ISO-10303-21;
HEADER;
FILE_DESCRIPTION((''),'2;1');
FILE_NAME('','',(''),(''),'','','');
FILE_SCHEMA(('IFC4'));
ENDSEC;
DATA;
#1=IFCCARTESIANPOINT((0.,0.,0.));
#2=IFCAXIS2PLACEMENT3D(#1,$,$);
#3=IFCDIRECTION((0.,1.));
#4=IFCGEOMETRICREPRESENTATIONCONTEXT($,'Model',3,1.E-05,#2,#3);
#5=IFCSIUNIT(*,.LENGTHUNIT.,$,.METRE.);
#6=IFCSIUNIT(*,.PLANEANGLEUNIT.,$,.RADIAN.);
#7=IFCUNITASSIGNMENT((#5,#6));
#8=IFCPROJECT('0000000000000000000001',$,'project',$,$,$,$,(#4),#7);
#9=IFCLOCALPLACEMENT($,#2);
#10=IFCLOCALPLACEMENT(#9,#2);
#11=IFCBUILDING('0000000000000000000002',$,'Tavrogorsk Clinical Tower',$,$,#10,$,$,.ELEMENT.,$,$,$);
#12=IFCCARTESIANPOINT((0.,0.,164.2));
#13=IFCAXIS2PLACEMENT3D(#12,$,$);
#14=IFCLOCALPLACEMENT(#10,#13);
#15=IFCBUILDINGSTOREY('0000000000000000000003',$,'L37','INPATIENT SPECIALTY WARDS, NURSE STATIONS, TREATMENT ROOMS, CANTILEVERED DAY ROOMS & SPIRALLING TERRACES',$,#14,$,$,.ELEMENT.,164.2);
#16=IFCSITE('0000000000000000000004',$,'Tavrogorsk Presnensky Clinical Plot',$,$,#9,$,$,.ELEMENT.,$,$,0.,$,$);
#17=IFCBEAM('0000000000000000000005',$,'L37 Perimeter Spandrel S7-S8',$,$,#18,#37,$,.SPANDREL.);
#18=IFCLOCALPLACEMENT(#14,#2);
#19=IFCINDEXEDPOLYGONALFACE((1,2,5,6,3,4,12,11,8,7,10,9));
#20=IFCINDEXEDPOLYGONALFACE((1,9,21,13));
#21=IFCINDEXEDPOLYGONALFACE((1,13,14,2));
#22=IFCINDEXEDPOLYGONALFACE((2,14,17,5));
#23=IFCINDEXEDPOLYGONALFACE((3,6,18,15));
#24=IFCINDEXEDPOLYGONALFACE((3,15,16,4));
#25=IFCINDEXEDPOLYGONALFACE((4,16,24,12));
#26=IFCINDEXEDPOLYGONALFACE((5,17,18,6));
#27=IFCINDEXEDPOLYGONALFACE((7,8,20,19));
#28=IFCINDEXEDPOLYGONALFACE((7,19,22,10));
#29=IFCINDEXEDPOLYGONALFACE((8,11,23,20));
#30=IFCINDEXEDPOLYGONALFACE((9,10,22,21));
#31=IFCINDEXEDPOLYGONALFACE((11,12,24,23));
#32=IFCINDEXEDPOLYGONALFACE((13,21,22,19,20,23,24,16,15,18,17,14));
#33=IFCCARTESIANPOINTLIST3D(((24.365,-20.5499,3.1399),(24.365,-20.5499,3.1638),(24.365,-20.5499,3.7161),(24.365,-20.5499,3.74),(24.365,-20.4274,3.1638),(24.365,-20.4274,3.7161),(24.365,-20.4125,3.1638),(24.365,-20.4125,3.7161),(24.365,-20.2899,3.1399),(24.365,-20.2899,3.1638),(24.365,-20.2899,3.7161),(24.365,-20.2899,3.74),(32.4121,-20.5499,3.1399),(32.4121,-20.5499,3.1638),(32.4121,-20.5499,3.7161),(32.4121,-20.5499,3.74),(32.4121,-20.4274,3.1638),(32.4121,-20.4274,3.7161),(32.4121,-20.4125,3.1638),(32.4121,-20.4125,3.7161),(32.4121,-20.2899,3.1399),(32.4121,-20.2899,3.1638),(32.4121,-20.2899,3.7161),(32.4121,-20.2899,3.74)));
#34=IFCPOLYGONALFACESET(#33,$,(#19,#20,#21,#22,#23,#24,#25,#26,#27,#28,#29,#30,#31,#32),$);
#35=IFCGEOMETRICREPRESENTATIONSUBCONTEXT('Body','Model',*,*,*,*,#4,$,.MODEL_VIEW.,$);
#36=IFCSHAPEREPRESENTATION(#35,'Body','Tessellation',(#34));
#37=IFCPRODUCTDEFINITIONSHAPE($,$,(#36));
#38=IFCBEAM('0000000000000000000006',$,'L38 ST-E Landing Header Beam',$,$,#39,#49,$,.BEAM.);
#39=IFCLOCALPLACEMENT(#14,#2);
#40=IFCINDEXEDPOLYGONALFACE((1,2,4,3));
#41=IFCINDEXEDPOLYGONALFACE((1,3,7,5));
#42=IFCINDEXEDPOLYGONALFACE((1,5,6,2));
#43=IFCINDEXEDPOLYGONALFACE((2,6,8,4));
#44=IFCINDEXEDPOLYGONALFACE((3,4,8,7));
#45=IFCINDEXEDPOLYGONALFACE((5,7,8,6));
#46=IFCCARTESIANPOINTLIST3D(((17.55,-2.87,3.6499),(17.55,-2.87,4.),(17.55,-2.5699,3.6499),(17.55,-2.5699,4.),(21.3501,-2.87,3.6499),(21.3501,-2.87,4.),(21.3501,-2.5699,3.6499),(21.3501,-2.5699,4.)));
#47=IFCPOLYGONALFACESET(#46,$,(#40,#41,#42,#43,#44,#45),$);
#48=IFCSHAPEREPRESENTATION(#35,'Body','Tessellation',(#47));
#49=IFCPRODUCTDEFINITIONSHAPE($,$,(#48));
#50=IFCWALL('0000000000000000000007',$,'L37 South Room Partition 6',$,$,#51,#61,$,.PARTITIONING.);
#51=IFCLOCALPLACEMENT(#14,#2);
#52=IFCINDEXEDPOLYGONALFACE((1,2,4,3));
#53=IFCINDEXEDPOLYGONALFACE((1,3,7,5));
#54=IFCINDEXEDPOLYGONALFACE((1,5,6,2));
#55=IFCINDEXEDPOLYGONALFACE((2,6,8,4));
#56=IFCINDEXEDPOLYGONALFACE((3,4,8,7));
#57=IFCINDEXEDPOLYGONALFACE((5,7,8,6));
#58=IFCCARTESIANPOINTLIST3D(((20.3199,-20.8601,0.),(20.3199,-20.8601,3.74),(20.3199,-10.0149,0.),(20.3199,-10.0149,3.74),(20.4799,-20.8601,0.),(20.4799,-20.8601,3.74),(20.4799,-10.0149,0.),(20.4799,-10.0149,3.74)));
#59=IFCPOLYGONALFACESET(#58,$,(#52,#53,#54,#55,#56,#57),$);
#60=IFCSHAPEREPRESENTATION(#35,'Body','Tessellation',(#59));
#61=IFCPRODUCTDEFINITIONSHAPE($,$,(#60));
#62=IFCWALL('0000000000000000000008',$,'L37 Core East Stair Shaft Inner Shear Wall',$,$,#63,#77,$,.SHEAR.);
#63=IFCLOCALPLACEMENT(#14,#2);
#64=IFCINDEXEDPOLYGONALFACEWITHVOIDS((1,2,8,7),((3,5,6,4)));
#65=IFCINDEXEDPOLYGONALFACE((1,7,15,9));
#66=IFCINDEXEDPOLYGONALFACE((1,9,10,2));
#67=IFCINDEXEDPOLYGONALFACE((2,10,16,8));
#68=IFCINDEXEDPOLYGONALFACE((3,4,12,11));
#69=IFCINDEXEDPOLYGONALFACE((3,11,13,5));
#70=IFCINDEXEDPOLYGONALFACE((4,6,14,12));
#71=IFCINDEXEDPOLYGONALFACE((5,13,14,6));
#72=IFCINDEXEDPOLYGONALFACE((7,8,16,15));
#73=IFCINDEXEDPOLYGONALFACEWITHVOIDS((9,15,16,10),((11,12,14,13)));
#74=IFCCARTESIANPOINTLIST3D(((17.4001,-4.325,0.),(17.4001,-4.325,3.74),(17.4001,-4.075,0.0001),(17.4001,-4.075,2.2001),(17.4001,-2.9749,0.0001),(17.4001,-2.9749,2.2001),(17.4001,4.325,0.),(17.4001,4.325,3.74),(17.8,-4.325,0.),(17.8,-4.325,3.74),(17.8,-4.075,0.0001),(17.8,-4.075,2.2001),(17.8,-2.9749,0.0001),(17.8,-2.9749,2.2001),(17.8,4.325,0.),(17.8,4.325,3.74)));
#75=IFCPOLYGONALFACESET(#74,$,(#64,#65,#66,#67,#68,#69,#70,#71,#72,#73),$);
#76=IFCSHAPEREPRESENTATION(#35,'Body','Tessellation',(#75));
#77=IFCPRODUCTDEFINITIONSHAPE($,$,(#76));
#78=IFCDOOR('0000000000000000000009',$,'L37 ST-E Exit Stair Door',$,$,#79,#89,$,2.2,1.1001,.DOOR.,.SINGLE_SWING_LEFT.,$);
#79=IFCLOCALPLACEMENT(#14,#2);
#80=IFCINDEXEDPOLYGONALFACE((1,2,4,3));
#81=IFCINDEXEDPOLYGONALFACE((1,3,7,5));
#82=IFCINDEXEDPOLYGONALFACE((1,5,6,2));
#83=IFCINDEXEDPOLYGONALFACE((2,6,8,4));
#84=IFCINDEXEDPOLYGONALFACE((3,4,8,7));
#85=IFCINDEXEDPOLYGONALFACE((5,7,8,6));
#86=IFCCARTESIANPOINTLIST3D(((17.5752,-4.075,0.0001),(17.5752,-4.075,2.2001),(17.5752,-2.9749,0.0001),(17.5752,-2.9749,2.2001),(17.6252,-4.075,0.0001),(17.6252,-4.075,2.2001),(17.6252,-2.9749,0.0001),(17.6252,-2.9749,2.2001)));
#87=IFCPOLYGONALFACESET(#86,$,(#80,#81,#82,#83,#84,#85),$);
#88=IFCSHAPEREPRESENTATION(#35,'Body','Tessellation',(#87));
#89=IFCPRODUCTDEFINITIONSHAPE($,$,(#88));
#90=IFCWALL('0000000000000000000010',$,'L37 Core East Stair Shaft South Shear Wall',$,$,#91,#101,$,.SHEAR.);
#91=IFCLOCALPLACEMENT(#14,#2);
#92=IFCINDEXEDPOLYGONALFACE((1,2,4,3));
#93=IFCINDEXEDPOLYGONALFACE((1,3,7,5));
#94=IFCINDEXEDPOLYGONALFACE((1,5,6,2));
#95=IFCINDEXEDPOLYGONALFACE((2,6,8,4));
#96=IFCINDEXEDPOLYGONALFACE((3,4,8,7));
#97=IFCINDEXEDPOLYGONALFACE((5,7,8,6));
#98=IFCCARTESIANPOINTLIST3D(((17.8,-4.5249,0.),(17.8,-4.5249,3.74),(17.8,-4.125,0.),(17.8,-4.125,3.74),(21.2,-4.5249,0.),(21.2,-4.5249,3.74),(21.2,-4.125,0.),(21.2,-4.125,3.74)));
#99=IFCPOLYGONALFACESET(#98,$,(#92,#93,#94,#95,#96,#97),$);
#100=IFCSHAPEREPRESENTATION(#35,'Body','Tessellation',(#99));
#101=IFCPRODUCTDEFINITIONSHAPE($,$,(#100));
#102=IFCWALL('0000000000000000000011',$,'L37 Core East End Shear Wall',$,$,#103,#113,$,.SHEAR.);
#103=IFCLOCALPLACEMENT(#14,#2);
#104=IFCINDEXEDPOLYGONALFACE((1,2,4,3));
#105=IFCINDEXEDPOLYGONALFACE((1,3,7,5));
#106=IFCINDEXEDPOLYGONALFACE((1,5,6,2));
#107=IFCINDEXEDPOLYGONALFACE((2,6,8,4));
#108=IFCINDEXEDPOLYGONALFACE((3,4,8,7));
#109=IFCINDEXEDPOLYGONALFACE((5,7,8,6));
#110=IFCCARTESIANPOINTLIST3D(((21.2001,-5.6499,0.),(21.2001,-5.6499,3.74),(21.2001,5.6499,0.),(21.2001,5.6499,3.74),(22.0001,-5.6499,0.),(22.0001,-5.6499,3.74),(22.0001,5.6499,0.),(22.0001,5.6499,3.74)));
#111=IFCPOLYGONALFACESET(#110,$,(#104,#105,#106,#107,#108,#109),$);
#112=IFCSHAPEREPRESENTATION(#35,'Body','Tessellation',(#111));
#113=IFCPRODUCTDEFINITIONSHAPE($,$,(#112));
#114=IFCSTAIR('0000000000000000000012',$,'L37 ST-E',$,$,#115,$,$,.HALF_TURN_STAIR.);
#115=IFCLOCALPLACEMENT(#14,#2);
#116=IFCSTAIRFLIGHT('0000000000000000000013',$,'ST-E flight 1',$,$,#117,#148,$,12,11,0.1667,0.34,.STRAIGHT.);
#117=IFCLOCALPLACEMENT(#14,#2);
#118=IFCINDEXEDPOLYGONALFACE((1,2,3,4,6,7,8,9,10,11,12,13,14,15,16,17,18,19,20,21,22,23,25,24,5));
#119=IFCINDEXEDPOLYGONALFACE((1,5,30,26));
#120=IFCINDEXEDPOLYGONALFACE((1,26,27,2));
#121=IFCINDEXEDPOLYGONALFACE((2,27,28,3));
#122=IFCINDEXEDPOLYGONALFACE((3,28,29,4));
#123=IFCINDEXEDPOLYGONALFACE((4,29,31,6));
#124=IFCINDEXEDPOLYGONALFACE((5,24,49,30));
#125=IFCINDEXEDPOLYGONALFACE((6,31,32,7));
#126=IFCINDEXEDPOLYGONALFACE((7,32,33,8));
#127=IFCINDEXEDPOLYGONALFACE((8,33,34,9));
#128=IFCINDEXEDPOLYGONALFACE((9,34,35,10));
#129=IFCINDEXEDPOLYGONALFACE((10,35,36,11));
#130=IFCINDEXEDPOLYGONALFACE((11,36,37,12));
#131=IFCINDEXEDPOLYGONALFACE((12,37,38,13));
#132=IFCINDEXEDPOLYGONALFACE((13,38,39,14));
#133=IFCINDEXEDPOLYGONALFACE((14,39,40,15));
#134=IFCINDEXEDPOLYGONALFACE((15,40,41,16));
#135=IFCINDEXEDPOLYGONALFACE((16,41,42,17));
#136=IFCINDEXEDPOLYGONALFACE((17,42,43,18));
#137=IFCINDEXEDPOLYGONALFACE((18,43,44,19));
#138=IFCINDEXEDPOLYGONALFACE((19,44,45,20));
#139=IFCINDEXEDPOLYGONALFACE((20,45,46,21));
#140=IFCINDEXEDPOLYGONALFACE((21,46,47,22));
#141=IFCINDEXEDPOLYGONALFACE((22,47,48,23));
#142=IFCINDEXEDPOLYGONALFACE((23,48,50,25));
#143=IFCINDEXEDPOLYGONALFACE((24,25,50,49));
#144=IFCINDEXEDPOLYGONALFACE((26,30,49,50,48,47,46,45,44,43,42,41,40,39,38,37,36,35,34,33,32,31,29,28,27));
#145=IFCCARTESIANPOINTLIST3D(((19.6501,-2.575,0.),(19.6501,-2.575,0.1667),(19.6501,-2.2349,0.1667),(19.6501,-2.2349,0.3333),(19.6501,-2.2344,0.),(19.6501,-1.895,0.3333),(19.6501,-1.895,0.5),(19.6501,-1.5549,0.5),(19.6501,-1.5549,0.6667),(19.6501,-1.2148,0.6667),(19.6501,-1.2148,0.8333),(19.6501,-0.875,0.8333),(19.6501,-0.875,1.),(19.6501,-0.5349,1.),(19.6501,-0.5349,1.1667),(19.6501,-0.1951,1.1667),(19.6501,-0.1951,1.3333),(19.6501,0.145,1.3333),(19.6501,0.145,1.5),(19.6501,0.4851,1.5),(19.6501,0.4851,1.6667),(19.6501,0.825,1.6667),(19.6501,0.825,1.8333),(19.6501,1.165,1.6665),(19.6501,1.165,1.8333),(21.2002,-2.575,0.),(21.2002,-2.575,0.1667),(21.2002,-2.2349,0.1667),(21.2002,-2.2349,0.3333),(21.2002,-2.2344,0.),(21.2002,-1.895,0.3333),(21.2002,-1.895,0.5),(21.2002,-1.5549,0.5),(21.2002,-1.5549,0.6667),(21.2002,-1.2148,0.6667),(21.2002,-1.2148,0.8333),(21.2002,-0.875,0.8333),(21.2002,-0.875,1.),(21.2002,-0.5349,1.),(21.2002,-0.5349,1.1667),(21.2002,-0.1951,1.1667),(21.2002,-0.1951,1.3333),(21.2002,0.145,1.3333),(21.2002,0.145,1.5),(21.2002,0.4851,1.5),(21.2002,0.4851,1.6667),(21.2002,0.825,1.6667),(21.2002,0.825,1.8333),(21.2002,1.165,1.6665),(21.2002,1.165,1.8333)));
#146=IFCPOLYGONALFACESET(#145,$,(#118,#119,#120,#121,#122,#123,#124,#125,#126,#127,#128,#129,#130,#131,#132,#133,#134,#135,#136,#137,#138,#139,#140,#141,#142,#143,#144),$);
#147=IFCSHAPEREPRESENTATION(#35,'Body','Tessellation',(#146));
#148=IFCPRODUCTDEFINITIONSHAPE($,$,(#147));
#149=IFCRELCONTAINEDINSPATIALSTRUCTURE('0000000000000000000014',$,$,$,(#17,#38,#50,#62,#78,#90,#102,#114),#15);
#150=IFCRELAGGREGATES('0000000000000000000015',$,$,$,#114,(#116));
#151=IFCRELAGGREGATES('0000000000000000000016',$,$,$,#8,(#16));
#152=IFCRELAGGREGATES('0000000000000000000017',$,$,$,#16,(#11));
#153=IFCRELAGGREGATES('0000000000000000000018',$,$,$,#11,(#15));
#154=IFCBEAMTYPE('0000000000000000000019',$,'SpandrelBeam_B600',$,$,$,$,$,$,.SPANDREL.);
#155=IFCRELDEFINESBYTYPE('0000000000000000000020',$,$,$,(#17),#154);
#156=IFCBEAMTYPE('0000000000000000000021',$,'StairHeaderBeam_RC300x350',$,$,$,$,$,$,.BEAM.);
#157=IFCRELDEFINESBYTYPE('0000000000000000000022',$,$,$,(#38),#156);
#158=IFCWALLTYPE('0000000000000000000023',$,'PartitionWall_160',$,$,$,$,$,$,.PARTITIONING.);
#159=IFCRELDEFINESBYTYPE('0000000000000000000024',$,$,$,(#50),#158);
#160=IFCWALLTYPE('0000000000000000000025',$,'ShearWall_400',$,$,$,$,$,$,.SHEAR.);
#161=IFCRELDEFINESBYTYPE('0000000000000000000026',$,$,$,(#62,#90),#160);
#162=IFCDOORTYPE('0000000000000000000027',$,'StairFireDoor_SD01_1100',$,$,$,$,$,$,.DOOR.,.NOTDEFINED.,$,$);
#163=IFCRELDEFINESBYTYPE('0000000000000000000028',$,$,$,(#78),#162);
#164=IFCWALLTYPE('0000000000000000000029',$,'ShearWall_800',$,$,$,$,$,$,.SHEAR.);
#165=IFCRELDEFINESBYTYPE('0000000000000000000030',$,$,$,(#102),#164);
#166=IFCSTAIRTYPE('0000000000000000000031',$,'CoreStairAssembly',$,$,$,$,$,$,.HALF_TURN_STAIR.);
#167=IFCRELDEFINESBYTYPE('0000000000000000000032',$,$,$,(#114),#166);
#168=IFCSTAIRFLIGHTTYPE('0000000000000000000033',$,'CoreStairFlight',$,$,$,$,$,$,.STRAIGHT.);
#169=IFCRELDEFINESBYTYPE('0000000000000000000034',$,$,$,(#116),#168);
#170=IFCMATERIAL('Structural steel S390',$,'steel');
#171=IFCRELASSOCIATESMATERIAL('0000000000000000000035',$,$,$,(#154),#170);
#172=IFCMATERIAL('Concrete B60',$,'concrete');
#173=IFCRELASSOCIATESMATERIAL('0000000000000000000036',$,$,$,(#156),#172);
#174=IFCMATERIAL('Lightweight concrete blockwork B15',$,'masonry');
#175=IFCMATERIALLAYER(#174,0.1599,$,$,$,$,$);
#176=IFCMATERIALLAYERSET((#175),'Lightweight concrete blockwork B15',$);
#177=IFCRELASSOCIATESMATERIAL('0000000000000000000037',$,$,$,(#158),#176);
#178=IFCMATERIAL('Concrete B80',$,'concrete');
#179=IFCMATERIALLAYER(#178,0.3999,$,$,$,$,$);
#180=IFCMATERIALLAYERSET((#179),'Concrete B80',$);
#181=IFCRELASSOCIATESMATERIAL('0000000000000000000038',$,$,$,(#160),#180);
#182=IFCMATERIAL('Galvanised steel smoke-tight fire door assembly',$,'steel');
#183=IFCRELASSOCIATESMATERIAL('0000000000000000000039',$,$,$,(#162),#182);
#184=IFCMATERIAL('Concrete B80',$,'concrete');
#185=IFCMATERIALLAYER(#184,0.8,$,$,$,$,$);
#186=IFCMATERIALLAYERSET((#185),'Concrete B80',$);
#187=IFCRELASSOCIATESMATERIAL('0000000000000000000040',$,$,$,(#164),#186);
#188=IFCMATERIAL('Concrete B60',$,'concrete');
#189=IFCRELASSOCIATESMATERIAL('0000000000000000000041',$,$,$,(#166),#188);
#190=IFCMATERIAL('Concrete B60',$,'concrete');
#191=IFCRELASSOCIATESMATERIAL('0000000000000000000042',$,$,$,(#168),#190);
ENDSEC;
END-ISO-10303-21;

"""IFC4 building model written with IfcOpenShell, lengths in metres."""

from ifc_helpers import new_model, si_unit, direction, frame, frame_2d, origin, origin_2d, place, context, subcontext, project, spatial, polyline, rectangle, i_section, outline, extrude, material, layer, layer_set, material_profile, profile_set, type_object, element, fill, aggregate, save


model = new_model("IFC4")

# Units and contexts
model_context = context("Model", 3, precision=1e-05, world=origin(), true_north=direction((0.0, 1.0)))
body_context = subcontext(model_context, "Body", "Model", "MODEL_VIEW")
ifc_project = project(units=[si_unit("LENGTHUNIT", "METRE"), si_unit("PLANEANGLEUNIT", "RADIAN")], contexts=[model_context])

# Site, building, storey
site_placement = place(None, origin())
site = spatial("IfcSite", under=ifc_project, at=site_placement, Name="Tavrogorsk Presnensky Clinical Plot", CompositionType="ELEMENT", RefElevation=0.0)
building_placement = place(site_placement, origin())
building = spatial("IfcBuilding", under=site, at=building_placement, Name="Tavrogorsk Clinical Tower", CompositionType="ELEMENT")
storey_placement = place(building_placement, frame((0.0, 0.0, 164.2)))
storey = spatial("IfcBuildingStorey", under=building, at=storey_placement, Name="L37", Description="INPATIENT SPECIALTY WARDS, NURSE STATIONS, TREATMENT ROOMS, CANTILEVERED DAY ROOMS & SPIRALLING TERRACES", CompositionType="ELEMENT", Elevation=164.2)

# Beams
ifc_material_1 = material(Name="Structural steel S390", Category="steel")
ifc_material_profile_1 = material_profile(ifc_material_1, i_section(OverallWidth=0.26, OverallDepth=0.6001, WebThickness=0.0149, FlangeThickness=0.0239, at=origin_2d()), Name="B-600x260x15x24")
ifc_profile_set_1 = profile_set([ifc_material_profile_1], Name="Structural steel S390")
beam_type_1 = type_object("IfcBeamType", Name="SpandrelBeam_B600", PredefinedType="SPANDREL", material=ifc_profile_set_1)
beam_1_placement = place(storey_placement, frame((24.365, -20.4199, 3.4399), z_axis=(1.0, 0.0, 0.0), x_axis=(0.0, 1.0, 0.0)))
element("IfcBeam", 1, at=beam_1_placement, inside=storey, type_object=beam_type_1, Name="L37 Perimeter Spandrel S7-S8", PredefinedType="SPANDREL", context=body_context, shape_type="SweptSolid", body=[
    extrude(i_section(OverallWidth=0.26, OverallDepth=0.6001, WebThickness=0.0149, FlangeThickness=0.0239, at=origin_2d()), origin(), (0.0, 0.0, 1.0), 8.0471),
])
ifc_material_2 = material(Name="Concrete B60", Category="concrete")
ifc_material_profile_2 = material_profile(ifc_material_2, rectangle(XDim=0.3, YDim=0.3501, at=origin_2d()), Name="RC-SHB-300x350")
ifc_profile_set_2 = profile_set([ifc_material_profile_2], Name="Concrete B60")
beam_type_2 = type_object("IfcBeamType", Name="StairHeaderBeam_RC300x350", PredefinedType="BEAM", material=ifc_profile_set_2)
beam_2_placement = place(storey_placement, frame((17.55, -2.72, 3.825), z_axis=(1.0, 0.0, 0.0), x_axis=(0.0, 1.0, 0.0)))
element("IfcBeam", 2, at=beam_2_placement, inside=storey, type_object=beam_type_2, Name="L38 ST-E Landing Header Beam", PredefinedType="BEAM", context=body_context, shape_type="SweptSolid", body=[
    extrude(rectangle(XDim=0.3, YDim=0.3501, at=origin_2d()), origin(), (0.0, 0.0, 1.0), 3.8),
])

# Wall
ifc_material_3 = material(Name="Lightweight concrete blockwork B15", Category="masonry")
ifc_layer_1 = layer(ifc_material_3, 0.1599)
ifc_layer_set_1 = layer_set([ifc_layer_1], Name="Lightweight concrete blockwork B15")
wall_type_1 = type_object("IfcWallType", Name="PartitionWall_160", PredefinedType="PARTITIONING", material=ifc_layer_set_1)
wall_1_placement = place(storey_placement, frame((20.3999, -20.8601, 0.0), z_axis=(0.0, 0.0, 1.0), x_axis=(0.0, 1.0, 0.0)))
element("IfcWall", 3, at=wall_1_placement, inside=storey, type_object=wall_type_1, Name="L37 South Room Partition 6", PredefinedType="PARTITIONING", context=body_context, shape_type="SweptSolid", body=[
    extrude(rectangle(XDim=10.8452, YDim=0.1599, at=frame_2d((5.4226, 0.0))), origin(), (0.0, 0.0, 1.0), 3.74),
])

# Wall, opening, door
ifc_material_4 = material(Name="Concrete B80", Category="concrete")
ifc_layer_2 = layer(ifc_material_4, 0.3999)
ifc_layer_set_2 = layer_set([ifc_layer_2], Name="Concrete B80")
wall_type_2 = type_object("IfcWallType", Name="ShearWall_400", PredefinedType="SHEAR", material=ifc_layer_set_2)
wall_2_placement = place(storey_placement, frame((17.6001, -4.325, 0.0), z_axis=(0.0, 0.0, 1.0), x_axis=(0.0, 1.0, 0.0)))
wall_2 = element("IfcWall", 4, at=wall_2_placement, inside=storey, type_object=wall_type_2, Name="L37 Core East Stair Shaft Inner Shear Wall", PredefinedType="SHEAR", context=body_context, shape_type="SweptSolid", body=[
    extrude(rectangle(XDim=8.6499, YDim=0.3999, at=frame_2d((4.325, 0.0))), origin(), (0.0, 0.0, 1.0), 3.74),
])
opening_placement = place(wall_2_placement, frame((0.25, 0.0, 0.0)))
opening = element("IfcOpeningElement", 5, at=opening_placement, cuts=wall_2, PredefinedType="OPENING", context=body_context, shape_type="SweptSolid", body=[
    extrude(rectangle(XDim=1.1001, YDim=2.2, at=frame_2d((0.55, 1.1001))), frame((0.0, 0.21, 0.0), z_axis=(0.0, -1.0, 0.0), x_axis=(1.0, 0.0, 0.0)), (0.0, 0.0, 1.0), 0.4199),
])
ifc_material_5 = material(Name="Galvanised steel smoke-tight fire door assembly", Category="steel")
door_type = type_object("IfcDoorType", Name="StairFireDoor_SD01_1100", OperationType="NOTDEFINED", PredefinedType="DOOR", material=ifc_material_5)
door_placement = place(opening_placement, origin())
door = element("IfcDoor", 6, at=door_placement, inside=storey, type_object=door_type, Name="L37 ST-E Exit Stair Door", OperationType="SINGLE_SWING_LEFT", OverallHeight=2.2, OverallWidth=1.1001, PredefinedType="DOOR", context=body_context, shape_type="SweptSolid", body=[
    extrude(rectangle(XDim=1.1001, YDim=2.2, at=frame_2d((0.55, 1.1001))), frame((0.0, 0.0249, 0.0), z_axis=(0.0, -1.0, 0.0), x_axis=(1.0, 0.0, 0.0)), (0.0, 0.0, 1.0), 0.05),
])
fill(opening, door)

# Walls
wall_3_placement = place(storey_placement, frame((17.8, -4.325, 0.0), z_axis=(0.0, 0.0, 1.0), x_axis=(1.0, 0.0, 0.0)))
element("IfcWall", 7, at=wall_3_placement, inside=storey, type_object=wall_type_2, Name="L37 Core East Stair Shaft South Shear Wall", PredefinedType="SHEAR", context=body_context, shape_type="SweptSolid", body=[
    extrude(rectangle(XDim=3.3999, YDim=0.3999, at=frame_2d((1.7, 0.0))), origin(), (0.0, 0.0, 1.0), 3.74),
])
ifc_material_6 = material(Name="Concrete B80", Category="concrete")
ifc_layer_3 = layer(ifc_material_6, 0.8)
ifc_layer_set_3 = layer_set([ifc_layer_3], Name="Concrete B80")
wall_type_3 = type_object("IfcWallType", Name="ShearWall_800", PredefinedType="SHEAR", material=ifc_layer_set_3)
wall_4_placement = place(storey_placement, frame((21.6001, -5.6499, 0.0), z_axis=(0.0, 0.0, 1.0), x_axis=(0.0, 1.0, 0.0)))
element("IfcWall", 8, at=wall_4_placement, inside=storey, type_object=wall_type_3, Name="L37 Core East End Shear Wall", PredefinedType="SHEAR", context=body_context, shape_type="SweptSolid", body=[
    extrude(rectangle(XDim=11.2998, YDim=0.8, at=frame_2d((5.6499, 0.0))), origin(), (0.0, 0.0, 1.0), 3.74),
])

# Stair, stair flight
ifc_material_7 = material(Name="Concrete B60", Category="concrete")
stair_type = type_object("IfcStairType", Name="CoreStairAssembly", PredefinedType="HALF_TURN_STAIR", material=ifc_material_7)
stair_placement = place(storey_placement, origin())
stair = element("IfcStair", 9, at=stair_placement, inside=storey, type_object=stair_type, Name="L37 ST-E", PredefinedType="HALF_TURN_STAIR")
ifc_material_8 = material(Name="Concrete B60", Category="concrete")
stair_flight_type = type_object("IfcStairFlightType", Name="CoreStairFlight", PredefinedType="STRAIGHT", material=ifc_material_8)
stair_flight_placement = place(storey_placement, frame((20.425, -2.575, 0.0), z_axis=(0.0, 0.0, 1.0), x_axis=(0.0, 1.0, 0.0)))
stair_flight = element("IfcStairFlight", 10, at=stair_flight_placement, type_object=stair_flight_type, Name="ST-E flight 1", NumberOfRisers=12, NumberOfTreads=11, PredefinedType="STRAIGHT", RiserHeight=0.1667, TreadLength=0.34, context=body_context, shape_type="SweptSolid", body=[
    extrude(outline(polyline([(0.0, 0.0), (0.0, 0.1667), (0.3401, 0.1667), (0.3401, 0.3333), (0.6799, 0.3333), (0.6799, 0.5), (1.02, 0.5), (1.02, 0.6667), (1.3601, 0.6667), (1.3601, 0.8333), (1.7, 0.8333), (1.7, 1.0), (2.04, 1.0), (2.04, 1.1667), (2.3799, 1.1667), (2.3799, 1.3333), (2.72, 1.3333), (2.72, 1.5), (3.0601, 1.5), (3.0601, 1.6667), (3.3999, 1.6667), (3.3999, 1.8333), (3.74, 1.8333), (3.74, 2.0), (3.74, 1.6665), (0.3406, 0.0), (0.0, 0.0)])), frame((0.0, 0.7749, 0.0), z_axis=(0.0, -1.0, 0.0), x_axis=(1.0, 0.0, 0.0)), (0.0, 0.0, 1.0), 1.55),
])
aggregate(stair, [stair_flight])

save(model, "model.ifc")
